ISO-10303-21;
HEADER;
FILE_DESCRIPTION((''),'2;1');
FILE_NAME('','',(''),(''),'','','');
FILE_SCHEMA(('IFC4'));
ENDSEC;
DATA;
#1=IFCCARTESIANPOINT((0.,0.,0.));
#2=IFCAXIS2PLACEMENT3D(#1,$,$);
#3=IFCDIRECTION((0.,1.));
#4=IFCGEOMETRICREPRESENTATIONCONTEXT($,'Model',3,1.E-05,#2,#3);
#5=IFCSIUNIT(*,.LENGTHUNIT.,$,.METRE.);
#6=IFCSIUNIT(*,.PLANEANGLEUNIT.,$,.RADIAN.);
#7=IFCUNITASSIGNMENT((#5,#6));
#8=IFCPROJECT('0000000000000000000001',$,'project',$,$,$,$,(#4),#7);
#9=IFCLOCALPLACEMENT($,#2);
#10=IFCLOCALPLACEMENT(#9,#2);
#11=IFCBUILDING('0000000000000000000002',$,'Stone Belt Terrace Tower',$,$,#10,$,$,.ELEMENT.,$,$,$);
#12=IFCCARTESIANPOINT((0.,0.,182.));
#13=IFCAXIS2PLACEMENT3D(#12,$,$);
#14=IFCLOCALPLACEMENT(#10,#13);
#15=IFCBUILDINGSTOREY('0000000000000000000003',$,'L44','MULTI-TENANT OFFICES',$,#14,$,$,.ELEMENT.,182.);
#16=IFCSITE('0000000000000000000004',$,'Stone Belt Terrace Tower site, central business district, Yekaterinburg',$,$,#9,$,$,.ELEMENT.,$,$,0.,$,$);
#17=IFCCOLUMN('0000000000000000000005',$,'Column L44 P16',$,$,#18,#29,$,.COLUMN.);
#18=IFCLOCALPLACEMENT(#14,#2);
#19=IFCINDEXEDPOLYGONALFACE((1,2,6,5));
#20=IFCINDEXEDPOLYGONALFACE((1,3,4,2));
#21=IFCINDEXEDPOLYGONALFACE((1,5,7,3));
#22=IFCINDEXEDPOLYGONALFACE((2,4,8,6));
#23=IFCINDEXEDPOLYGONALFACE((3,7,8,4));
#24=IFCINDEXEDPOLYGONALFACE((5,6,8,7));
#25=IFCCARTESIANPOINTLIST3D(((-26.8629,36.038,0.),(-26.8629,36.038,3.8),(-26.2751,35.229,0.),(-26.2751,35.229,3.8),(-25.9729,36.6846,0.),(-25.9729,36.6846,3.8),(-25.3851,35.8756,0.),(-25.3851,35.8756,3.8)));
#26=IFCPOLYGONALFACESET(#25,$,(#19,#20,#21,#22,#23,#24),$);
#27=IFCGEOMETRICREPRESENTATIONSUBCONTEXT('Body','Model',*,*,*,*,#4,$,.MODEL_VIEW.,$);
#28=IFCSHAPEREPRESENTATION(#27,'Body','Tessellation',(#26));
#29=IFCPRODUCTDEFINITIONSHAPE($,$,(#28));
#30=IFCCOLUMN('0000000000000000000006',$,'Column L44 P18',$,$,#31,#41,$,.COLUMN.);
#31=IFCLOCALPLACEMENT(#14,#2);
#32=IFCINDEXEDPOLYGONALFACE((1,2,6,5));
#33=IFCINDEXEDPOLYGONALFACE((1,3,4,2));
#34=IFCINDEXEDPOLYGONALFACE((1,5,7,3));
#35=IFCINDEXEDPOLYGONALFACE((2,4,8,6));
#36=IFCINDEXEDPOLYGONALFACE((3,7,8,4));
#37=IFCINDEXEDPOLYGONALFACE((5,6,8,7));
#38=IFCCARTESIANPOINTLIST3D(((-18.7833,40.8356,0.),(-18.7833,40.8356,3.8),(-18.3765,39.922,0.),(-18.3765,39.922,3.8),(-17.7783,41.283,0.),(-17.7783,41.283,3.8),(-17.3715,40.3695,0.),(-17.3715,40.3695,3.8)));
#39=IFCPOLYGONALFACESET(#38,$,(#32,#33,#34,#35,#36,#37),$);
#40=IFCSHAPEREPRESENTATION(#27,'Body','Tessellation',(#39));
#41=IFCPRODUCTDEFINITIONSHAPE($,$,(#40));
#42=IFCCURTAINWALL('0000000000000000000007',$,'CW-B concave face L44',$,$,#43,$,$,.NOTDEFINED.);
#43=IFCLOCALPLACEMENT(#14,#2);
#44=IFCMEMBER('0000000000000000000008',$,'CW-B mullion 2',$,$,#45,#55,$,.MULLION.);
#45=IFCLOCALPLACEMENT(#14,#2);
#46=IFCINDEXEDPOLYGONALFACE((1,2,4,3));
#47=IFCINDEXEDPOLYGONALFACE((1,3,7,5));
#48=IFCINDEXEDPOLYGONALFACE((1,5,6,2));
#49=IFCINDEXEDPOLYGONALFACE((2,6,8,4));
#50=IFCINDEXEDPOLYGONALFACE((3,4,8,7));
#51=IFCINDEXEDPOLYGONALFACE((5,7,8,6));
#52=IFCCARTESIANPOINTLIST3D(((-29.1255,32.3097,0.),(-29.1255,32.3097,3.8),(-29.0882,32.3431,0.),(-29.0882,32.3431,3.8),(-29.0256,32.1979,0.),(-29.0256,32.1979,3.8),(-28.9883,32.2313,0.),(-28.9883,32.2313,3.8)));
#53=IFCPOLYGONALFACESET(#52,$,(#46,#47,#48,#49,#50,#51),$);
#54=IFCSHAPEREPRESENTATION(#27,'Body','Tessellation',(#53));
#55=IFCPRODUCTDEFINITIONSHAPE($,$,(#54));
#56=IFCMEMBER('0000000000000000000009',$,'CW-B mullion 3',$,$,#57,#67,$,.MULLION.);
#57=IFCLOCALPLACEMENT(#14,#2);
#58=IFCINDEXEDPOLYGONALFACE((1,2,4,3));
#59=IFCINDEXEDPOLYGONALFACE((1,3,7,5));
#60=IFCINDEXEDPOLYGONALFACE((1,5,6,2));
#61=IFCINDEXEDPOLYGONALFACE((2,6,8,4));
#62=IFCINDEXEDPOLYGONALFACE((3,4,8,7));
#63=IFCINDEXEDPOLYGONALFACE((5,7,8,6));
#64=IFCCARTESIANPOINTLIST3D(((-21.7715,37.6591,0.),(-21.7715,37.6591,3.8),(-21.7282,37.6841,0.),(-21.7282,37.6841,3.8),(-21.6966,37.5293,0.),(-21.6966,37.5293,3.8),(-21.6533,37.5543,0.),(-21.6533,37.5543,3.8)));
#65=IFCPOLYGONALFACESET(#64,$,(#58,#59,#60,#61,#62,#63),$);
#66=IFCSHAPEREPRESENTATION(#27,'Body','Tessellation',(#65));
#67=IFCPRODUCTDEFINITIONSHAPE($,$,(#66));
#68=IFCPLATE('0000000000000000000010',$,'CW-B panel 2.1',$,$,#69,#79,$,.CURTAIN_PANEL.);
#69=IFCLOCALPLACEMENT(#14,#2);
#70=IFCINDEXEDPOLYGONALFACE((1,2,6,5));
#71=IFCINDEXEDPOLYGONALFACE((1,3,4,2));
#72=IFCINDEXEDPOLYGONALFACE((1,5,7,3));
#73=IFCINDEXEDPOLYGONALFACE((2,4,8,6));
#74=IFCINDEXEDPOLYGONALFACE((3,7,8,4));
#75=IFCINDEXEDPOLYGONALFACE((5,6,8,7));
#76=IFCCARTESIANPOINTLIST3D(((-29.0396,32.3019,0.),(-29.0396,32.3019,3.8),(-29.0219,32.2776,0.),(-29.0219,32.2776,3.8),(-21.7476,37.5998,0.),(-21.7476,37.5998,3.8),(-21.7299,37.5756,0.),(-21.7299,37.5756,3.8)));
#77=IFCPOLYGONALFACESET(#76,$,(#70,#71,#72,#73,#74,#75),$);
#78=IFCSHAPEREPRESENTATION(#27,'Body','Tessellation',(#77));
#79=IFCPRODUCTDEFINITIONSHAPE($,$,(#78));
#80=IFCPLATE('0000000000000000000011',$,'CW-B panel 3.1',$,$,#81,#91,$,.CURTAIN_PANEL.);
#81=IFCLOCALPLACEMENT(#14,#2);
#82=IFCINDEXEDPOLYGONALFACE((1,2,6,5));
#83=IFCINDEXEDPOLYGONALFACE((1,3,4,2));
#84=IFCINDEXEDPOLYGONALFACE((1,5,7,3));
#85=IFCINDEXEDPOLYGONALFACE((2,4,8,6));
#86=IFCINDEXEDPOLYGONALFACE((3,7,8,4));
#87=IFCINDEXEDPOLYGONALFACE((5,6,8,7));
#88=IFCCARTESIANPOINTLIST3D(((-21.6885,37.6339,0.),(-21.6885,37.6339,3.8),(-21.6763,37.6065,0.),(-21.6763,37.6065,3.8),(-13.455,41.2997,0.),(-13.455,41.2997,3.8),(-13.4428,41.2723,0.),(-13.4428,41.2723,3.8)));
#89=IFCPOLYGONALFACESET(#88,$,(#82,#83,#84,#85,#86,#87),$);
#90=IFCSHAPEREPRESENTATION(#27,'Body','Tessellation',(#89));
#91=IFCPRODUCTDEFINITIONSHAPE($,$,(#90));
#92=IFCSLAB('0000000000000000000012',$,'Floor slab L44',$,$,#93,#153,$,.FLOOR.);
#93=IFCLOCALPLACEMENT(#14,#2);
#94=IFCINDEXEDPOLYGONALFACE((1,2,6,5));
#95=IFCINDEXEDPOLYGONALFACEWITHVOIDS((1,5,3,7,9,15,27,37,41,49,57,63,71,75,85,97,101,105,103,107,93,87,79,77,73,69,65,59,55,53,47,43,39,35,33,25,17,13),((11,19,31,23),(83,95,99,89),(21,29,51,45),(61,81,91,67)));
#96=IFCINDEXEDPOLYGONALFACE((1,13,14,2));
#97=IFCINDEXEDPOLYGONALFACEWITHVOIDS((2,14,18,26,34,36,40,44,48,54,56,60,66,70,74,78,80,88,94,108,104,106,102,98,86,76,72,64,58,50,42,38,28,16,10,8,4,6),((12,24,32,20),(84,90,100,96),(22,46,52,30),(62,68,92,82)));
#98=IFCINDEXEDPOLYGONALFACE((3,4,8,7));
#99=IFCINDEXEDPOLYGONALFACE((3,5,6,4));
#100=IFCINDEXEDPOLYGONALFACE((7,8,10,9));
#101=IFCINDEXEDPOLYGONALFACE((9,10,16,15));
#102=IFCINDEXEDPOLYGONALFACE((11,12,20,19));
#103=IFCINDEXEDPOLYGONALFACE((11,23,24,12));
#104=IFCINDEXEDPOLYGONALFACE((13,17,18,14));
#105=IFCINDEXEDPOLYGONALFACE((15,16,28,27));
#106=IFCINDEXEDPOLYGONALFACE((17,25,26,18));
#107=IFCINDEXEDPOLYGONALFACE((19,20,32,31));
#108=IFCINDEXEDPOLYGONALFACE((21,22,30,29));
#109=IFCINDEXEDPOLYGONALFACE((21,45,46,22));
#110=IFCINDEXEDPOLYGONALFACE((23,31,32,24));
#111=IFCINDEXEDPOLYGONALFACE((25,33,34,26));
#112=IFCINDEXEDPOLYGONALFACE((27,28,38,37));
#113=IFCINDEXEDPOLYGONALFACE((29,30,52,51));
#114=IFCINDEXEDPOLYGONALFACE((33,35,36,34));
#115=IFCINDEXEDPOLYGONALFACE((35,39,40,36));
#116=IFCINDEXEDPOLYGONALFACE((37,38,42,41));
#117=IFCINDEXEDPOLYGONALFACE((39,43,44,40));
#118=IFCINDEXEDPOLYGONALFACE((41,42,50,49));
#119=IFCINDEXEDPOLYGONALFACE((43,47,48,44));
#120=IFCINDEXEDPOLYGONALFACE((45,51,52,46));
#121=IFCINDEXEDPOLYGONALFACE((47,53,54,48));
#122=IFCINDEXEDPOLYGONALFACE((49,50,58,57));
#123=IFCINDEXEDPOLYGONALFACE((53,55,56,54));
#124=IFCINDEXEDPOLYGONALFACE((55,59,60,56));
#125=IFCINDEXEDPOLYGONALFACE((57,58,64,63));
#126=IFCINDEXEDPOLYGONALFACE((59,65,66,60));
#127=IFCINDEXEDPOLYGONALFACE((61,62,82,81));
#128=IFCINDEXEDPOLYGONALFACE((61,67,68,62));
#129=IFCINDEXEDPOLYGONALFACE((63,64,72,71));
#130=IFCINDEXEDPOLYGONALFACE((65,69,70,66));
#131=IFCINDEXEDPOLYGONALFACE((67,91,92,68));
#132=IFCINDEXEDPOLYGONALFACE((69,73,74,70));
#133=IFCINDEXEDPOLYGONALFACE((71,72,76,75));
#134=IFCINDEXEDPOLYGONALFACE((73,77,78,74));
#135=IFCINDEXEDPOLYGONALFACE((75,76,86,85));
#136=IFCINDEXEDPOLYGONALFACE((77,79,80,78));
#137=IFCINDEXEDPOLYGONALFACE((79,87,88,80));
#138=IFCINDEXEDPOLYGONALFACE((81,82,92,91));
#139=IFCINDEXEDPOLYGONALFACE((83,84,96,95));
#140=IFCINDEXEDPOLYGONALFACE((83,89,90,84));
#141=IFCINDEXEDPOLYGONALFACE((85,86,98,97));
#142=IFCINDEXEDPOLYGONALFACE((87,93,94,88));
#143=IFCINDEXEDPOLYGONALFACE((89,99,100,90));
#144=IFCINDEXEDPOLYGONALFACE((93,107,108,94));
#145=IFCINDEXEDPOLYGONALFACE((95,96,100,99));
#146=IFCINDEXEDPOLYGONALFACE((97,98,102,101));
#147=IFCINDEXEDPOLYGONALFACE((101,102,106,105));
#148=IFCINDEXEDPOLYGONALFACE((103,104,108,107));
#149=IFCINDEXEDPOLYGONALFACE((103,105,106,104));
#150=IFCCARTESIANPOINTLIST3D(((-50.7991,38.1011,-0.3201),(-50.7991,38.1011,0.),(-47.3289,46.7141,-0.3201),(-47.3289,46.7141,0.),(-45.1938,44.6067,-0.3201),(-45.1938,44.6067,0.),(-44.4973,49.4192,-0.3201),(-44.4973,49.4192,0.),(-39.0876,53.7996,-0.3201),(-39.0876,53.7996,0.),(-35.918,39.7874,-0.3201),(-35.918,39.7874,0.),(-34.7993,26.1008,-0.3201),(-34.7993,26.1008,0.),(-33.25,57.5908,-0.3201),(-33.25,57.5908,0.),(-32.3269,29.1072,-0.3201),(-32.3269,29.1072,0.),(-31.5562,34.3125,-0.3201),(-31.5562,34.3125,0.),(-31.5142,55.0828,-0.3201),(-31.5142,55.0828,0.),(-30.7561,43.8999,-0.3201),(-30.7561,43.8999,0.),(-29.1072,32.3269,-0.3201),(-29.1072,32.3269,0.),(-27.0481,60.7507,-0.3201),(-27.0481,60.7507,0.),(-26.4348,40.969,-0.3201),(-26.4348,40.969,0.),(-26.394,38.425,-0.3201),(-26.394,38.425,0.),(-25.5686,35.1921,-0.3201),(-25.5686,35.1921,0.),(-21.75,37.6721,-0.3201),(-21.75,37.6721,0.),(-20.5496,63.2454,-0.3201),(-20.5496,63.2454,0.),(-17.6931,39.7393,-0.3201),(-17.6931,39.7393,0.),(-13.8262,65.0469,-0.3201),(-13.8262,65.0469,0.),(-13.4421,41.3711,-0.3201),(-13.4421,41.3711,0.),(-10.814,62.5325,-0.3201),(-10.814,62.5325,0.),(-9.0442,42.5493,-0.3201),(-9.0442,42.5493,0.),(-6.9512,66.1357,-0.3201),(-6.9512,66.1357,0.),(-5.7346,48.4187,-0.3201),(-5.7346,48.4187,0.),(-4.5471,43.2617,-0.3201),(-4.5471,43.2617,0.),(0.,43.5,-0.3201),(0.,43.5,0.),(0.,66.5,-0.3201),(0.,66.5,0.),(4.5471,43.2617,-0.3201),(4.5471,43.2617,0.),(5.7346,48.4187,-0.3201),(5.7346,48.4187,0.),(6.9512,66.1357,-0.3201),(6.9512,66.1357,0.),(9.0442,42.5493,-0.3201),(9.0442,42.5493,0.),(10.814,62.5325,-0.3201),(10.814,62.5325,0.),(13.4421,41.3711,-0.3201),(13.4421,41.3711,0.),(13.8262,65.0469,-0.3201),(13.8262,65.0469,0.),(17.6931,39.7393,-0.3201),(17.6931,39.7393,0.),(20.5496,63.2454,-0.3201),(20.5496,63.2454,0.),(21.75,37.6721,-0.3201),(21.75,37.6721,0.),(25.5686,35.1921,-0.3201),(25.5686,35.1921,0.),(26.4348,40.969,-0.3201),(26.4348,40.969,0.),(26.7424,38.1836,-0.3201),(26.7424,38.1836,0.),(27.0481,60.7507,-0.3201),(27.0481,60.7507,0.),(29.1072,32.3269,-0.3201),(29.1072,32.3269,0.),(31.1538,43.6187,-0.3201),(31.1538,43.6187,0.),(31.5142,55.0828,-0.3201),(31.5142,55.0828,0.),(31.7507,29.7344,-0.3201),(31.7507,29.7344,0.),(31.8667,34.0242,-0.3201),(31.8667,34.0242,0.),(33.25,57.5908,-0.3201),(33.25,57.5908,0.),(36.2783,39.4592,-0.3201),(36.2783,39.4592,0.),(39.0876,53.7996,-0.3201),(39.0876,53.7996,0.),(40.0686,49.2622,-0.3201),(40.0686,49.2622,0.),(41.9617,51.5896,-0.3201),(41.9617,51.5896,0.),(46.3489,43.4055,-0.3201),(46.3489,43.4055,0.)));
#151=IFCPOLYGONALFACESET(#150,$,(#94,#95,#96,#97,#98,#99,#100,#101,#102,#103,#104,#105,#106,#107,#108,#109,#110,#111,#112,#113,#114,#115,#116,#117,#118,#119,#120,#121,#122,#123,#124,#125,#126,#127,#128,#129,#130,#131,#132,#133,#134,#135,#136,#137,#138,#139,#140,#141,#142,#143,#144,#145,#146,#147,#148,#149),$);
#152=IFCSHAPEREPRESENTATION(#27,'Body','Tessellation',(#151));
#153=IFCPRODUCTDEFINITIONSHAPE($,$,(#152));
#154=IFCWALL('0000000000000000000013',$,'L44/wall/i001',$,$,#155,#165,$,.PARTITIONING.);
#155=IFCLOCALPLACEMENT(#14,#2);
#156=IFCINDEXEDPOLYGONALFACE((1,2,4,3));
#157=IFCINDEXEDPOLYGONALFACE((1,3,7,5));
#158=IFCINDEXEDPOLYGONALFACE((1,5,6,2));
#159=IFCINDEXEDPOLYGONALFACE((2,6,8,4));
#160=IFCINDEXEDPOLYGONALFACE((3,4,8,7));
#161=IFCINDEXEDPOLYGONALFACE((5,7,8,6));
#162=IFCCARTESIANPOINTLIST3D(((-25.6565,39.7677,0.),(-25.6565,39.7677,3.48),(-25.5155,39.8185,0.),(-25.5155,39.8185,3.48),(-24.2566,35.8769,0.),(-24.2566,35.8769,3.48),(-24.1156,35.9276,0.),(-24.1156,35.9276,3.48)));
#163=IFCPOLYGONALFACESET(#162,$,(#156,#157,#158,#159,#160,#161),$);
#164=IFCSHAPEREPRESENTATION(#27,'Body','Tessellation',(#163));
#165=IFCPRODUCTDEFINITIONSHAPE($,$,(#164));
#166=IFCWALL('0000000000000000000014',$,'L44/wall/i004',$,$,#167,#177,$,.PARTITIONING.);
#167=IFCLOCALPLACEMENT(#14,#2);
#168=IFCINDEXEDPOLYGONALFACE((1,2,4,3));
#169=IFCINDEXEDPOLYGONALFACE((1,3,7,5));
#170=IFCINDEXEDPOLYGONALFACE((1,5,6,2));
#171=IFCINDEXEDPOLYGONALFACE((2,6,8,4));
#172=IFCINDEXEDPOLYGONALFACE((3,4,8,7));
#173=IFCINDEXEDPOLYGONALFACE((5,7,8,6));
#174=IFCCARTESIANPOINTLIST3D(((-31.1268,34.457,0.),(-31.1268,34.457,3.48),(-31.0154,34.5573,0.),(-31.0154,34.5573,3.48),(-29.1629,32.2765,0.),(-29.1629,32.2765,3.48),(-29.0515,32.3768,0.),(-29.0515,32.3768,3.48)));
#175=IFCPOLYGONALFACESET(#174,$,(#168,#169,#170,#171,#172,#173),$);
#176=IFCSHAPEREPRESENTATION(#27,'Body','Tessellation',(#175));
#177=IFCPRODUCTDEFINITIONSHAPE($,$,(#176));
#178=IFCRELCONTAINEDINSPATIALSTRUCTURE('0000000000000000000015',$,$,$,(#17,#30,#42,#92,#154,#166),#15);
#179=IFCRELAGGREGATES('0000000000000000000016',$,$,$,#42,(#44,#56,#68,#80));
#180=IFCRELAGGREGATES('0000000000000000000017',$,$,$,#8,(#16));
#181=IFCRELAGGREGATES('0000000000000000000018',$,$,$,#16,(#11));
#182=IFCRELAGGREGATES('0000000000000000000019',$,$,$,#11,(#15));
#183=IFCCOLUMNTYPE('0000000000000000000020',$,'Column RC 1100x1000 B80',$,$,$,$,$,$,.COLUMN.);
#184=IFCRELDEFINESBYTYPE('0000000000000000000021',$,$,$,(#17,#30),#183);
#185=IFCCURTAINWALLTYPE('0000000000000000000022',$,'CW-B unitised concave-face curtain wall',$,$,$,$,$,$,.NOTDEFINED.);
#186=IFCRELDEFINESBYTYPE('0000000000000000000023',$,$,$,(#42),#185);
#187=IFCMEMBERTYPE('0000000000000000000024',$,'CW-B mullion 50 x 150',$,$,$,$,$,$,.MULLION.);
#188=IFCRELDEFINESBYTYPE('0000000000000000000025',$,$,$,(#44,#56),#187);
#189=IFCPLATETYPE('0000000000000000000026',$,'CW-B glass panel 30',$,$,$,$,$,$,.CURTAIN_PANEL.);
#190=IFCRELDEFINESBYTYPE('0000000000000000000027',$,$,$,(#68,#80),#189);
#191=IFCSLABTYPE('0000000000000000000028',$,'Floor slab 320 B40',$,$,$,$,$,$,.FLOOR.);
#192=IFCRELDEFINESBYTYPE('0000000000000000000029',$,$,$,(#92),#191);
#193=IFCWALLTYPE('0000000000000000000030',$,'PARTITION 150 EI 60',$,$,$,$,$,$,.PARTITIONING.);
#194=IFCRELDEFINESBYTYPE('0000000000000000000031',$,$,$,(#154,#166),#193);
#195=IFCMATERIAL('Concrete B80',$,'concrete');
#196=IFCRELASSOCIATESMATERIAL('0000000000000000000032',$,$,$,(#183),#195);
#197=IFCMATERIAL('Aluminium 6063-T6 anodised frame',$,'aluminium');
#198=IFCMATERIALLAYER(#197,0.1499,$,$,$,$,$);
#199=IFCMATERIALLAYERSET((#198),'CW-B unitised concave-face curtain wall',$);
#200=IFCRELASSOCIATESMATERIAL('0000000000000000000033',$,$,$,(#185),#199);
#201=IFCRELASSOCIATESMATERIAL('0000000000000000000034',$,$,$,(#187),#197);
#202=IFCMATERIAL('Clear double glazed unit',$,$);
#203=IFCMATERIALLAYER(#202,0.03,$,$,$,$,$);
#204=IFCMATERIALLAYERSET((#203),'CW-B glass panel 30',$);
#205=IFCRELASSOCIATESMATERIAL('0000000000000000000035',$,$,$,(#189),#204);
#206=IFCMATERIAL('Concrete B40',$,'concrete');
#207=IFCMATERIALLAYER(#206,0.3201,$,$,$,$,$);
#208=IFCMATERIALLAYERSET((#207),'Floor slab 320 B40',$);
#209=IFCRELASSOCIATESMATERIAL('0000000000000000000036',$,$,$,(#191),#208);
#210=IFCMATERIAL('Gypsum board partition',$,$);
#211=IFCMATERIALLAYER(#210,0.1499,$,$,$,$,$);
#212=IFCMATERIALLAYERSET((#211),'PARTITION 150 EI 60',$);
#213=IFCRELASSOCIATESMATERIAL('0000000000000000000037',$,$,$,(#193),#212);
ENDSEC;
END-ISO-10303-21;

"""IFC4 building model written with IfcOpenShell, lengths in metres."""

from ifc_helpers import new_model, si_unit, direction, frame, frame_2d, origin, origin_2d, place, context, subcontext, project, spatial, polyline, rectangle, outline, extrude, material, layer, layer_set, material_profile, profile_set, type_object, element, aggregate, save


model = new_model("IFC4")

# Units and contexts
model_context = context("Model", 3, precision=1e-05, world=origin(), true_north=direction((0.0, 1.0)))
body_context = subcontext(model_context, "Body", "Model", "MODEL_VIEW")
ifc_project = project(units=[si_unit("LENGTHUNIT", "METRE"), si_unit("PLANEANGLEUNIT", "RADIAN")], contexts=[model_context])

# Site, building, storey
site_placement = place(None, origin())
site = spatial("IfcSite", under=ifc_project, at=site_placement, Name="Stone Belt Terrace Tower site, central business district, Yekaterinburg", CompositionType="ELEMENT", RefElevation=0.0)
building_placement = place(site_placement, origin())
building = spatial("IfcBuilding", under=site, at=building_placement, Name="Stone Belt Terrace Tower", CompositionType="ELEMENT")
storey_placement = place(building_placement, frame((0.0, 0.0, 182.0)))
storey = spatial("IfcBuildingStorey", under=building, at=storey_placement, Name="L44", Description="MULTI-TENANT OFFICES", CompositionType="ELEMENT", Elevation=182.0)

# Columns
ifc_material_1 = material(Name="Concrete B80", Category="concrete")
ifc_material_profile_1 = material_profile(ifc_material_1, rectangle(XDim=1.1001, YDim=1.0, at=origin_2d()), Name="RC 1100x1000")
ifc_profile_set_1 = profile_set([ifc_material_profile_1], Name="Concrete B80")
column_type = type_object("IfcColumnType", Name="Column RC 1100x1000 B80", PredefinedType="COLUMN", material=ifc_profile_set_1)
for number, where, z_axis, x_axis, name in (
    (1, (-26.124, 35.9568, 0.0), (0.0, 0.0, 1.0), (0.809017, 0.587785, 0.0), "Column L44 P16"),
    (2, (-18.0774, 40.6025, 0.0), (0.0, 0.0, 1.0), (0.913545, 0.406737, 0.0), "Column L44 P18"),
):
    element("IfcColumn", number, at=place(storey_placement, frame(where, z_axis=z_axis, x_axis=x_axis)), inside=storey, type_object=column_type, Name=name, PredefinedType="COLUMN", context=body_context, shape_type="SweptSolid", body=[
        extrude(rectangle(XDim=1.1001, YDim=1.0, at=origin_2d()), origin(), (0.0, 0.0, 1.0), 3.8),
    ])

# Curtain wall, members, plates
ifc_material_2 = material(Name="Aluminium 6063-T6 anodised frame", Category="aluminium")
ifc_layer_1 = layer(ifc_material_2, 0.1499)
ifc_layer_set_1 = layer_set([ifc_layer_1], Name="CW-B unitised concave-face curtain wall")
curtain_wall_type = type_object("IfcCurtainWallType", Name="CW-B unitised concave-face curtain wall", PredefinedType="NOTDEFINED", material=ifc_layer_set_1)
curtain_wall_placement = place(storey_placement, origin())
curtain_wall = element("IfcCurtainWall", 3, at=curtain_wall_placement, inside=storey, type_object=curtain_wall_type, Name="CW-B concave face L44", PredefinedType="NOTDEFINED")
ifc_material_profile_2 = material_profile(ifc_material_2, rectangle(XDim=0.1499, YDim=0.05, at=origin_2d()), Name="Aluminium 6063-T6 50x150")
ifc_profile_set_2 = profile_set([ifc_material_profile_2], Name="Aluminium 6063-T6 anodised frame")
member_type = type_object("IfcMemberType", Name="CW-B mullion 50 x 150", PredefinedType="MULLION", material=ifc_profile_set_2)
member_1_placement = place(storey_placement, frame((-29.0569, 32.2705, 0.0), z_axis=(0.0, 0.0, 1.0), x_axis=(-0.666301, 0.745683, 0.0)))
member_1 = element("IfcMember", 4, at=member_1_placement, type_object=member_type, Name="CW-B mullion 2", PredefinedType="MULLION", context=body_context, shape_type="SweptSolid", body=[
    extrude(rectangle(XDim=0.1499, YDim=0.05, at=origin_2d()), origin(), (0.0, 0.0, 1.0), 3.8),
])
member_2_placement = place(storey_placement, frame((-21.7124, 37.6067, 0.0), z_axis=(0.0, 0.0, 1.0), x_axis=(-0.5, 0.866025, 0.0)))
member_2 = element("IfcMember", 5, at=member_2_placement, type_object=member_type, Name="CW-B mullion 3", PredefinedType="MULLION", context=body_context, shape_type="SweptSolid", body=[
    extrude(rectangle(XDim=0.1499, YDim=0.05, at=origin_2d()), origin(), (0.0, 0.0, 1.0), 3.8),
])
ifc_material_3 = material(Name="Clear double glazed unit")
ifc_layer_2 = layer(ifc_material_3, 0.03)
ifc_layer_set_2 = layer_set([ifc_layer_2], Name="CW-B glass panel 30")
plate_type = type_object("IfcPlateType", Name="CW-B glass panel 30", PredefinedType="CURTAIN_PANEL", material=ifc_layer_set_2)
plate_1_placement = place(storey_placement, frame((-25.3848, 34.9387, 0.0), z_axis=(0.0, 0.0, 1.0), x_axis=(0.809017, 0.587785, 0.0)))
plate_1 = element("IfcPlate", 6, at=plate_1_placement, type_object=plate_type, Name="CW-B panel 2.1", PredefinedType="CURTAIN_PANEL", context=body_context, shape_type="SweptSolid", body=[
    extrude(rectangle(XDim=9.0134, YDim=0.03, at=origin_2d()), origin(), (0.0, 0.0, 1.0), 3.8),
])
plate_2_placement = place(storey_placement, frame((-17.5657, 39.4531, 0.0), z_axis=(0.0, 0.0, 1.0), x_axis=(0.913545, 0.406737, 0.0)))
plate_2 = element("IfcPlate", 7, at=plate_2_placement, type_object=plate_type, Name="CW-B panel 3.1", PredefinedType="CURTAIN_PANEL", context=body_context, shape_type="SweptSolid", body=[
    extrude(rectangle(XDim=9.0127, YDim=0.03, at=origin_2d()), origin(), (0.0, 0.0, 1.0), 3.8),
])
aggregate(curtain_wall, [member_1, member_2, plate_1, plate_2])

# Slab
ifc_material_4 = material(Name="Concrete B40", Category="concrete")
ifc_layer_3 = layer(ifc_material_4, 0.3201)
ifc_layer_set_3 = layer_set([ifc_layer_3], Name="Floor slab 320 B40")
slab_type = type_object("IfcSlabType", Name="Floor slab 320 B40", PredefinedType="FLOOR", material=ifc_layer_set_3)
slab_placement = place(storey_placement, frame((0.0, 0.0, -0.3201)))
element("IfcSlab", 8, at=slab_placement, inside=storey, type_object=slab_type, Name="Floor slab L44", PredefinedType="FLOOR", context=body_context, shape_type="SweptSolid", body=[
    extrude(outline(polyline([(-44.4973, 49.4192), (-39.0876, 53.7996), (-33.25, 57.5908), (-27.0481, 60.7507), (-20.5496, 63.2454), (-13.8262, 65.0469), (-6.9512, 66.1357), (0.0, 66.5), (6.9512, 66.1357), (13.8262, 65.0469), (20.5496, 63.2454), (27.0481, 60.7507), (33.25, 57.5908), (39.0876, 53.7996), (41.9617, 51.5896), (40.0686, 49.2622), (46.3489, 43.4055), (31.7507, 29.7344), (29.1072, 32.3269), (25.5686, 35.1921), (21.75, 37.6721), (17.6931, 39.7393), (13.4421, 41.3711), (9.0442, 42.5493), (4.5471, 43.2617), (0.0, 43.5), (-4.5471, 43.2617), (-9.0442, 42.5493), (-13.4421, 41.3711), (-17.6931, 39.7393), (-21.75, 37.6721), (-25.5686, 35.1921), (-29.1072, 32.3269), (-32.3269, 29.1072), (-34.7993, 26.1008), (-50.7991, 38.1011), (-45.1938, 44.6067), (-47.3289, 46.7141), (-44.4973, 49.4192)]), holes=[polyline([(-26.4348, 40.969), (-5.7346, 48.4187), (-10.814, 62.5325), (-31.5142, 55.0828), (-26.4348, 40.969)]), polyline([(10.814, 62.5325), (5.7346, 48.4187), (26.4348, 40.969), (31.5142, 55.0828), (10.814, 62.5325)]), polyline([(-35.918, 39.7874), (-31.5562, 34.3125), (-26.394, 38.425), (-30.7561, 43.8999), (-35.918, 39.7874)]), polyline([(36.2783, 39.4592), (31.1538, 43.6187), (26.7424, 38.1836), (31.8667, 34.0242), (36.2783, 39.4592)])]), origin(), (0.0, 0.0, 1.0), 0.3201),
])

# Walls
ifc_material_5 = material(Name="Gypsum board partition")
ifc_layer_4 = layer(ifc_material_5, 0.1499)
ifc_layer_set_4 = layer_set([ifc_layer_4], Name="PARTITION 150 EI 60")
wall_type_1 = type_object("IfcWallType", Name="PARTITION 150 EI 60", PredefinedType="PARTITIONING", material=ifc_layer_set_4)
wall_1_placement = place(storey_placement, frame((-25.5859, 39.793, 0.0), z_axis=(0.0, 0.0, 1.0), x_axis=(0.338546, -0.94095, 0.0)))
element("IfcWall", 9, at=wall_1_placement, inside=storey, type_object=wall_type_1, Name="L44/wall/i001", PredefinedType="PARTITIONING", context=body_context, shape_type="SweptSolid", body=[
    extrude(rectangle(XDim=4.135, YDim=0.1499, at=frame_2d((2.0674, 0.0))), origin(), (0.0, 0.0, 1.0), 3.48),
])
wall_2_placement = place(storey_placement, frame((-29.1072, 32.3267, 0.0), z_axis=(0.0, 0.0, 1.0), x_axis=(-0.669245, 0.743042, 0.0)))
element("IfcWall", 10, at=wall_2_placement, inside=storey, type_object=wall_type_1, Name="L44/wall/i004", PredefinedType="PARTITIONING", context=body_context, shape_type="SweptSolid", body=[
    extrude(rectangle(XDim=2.9346, YDim=0.1499, at=frame_2d((1.4673, 0.0))), origin(), (0.0, 0.0, 1.0), 3.48),
])

save(model, "model.ifc")
